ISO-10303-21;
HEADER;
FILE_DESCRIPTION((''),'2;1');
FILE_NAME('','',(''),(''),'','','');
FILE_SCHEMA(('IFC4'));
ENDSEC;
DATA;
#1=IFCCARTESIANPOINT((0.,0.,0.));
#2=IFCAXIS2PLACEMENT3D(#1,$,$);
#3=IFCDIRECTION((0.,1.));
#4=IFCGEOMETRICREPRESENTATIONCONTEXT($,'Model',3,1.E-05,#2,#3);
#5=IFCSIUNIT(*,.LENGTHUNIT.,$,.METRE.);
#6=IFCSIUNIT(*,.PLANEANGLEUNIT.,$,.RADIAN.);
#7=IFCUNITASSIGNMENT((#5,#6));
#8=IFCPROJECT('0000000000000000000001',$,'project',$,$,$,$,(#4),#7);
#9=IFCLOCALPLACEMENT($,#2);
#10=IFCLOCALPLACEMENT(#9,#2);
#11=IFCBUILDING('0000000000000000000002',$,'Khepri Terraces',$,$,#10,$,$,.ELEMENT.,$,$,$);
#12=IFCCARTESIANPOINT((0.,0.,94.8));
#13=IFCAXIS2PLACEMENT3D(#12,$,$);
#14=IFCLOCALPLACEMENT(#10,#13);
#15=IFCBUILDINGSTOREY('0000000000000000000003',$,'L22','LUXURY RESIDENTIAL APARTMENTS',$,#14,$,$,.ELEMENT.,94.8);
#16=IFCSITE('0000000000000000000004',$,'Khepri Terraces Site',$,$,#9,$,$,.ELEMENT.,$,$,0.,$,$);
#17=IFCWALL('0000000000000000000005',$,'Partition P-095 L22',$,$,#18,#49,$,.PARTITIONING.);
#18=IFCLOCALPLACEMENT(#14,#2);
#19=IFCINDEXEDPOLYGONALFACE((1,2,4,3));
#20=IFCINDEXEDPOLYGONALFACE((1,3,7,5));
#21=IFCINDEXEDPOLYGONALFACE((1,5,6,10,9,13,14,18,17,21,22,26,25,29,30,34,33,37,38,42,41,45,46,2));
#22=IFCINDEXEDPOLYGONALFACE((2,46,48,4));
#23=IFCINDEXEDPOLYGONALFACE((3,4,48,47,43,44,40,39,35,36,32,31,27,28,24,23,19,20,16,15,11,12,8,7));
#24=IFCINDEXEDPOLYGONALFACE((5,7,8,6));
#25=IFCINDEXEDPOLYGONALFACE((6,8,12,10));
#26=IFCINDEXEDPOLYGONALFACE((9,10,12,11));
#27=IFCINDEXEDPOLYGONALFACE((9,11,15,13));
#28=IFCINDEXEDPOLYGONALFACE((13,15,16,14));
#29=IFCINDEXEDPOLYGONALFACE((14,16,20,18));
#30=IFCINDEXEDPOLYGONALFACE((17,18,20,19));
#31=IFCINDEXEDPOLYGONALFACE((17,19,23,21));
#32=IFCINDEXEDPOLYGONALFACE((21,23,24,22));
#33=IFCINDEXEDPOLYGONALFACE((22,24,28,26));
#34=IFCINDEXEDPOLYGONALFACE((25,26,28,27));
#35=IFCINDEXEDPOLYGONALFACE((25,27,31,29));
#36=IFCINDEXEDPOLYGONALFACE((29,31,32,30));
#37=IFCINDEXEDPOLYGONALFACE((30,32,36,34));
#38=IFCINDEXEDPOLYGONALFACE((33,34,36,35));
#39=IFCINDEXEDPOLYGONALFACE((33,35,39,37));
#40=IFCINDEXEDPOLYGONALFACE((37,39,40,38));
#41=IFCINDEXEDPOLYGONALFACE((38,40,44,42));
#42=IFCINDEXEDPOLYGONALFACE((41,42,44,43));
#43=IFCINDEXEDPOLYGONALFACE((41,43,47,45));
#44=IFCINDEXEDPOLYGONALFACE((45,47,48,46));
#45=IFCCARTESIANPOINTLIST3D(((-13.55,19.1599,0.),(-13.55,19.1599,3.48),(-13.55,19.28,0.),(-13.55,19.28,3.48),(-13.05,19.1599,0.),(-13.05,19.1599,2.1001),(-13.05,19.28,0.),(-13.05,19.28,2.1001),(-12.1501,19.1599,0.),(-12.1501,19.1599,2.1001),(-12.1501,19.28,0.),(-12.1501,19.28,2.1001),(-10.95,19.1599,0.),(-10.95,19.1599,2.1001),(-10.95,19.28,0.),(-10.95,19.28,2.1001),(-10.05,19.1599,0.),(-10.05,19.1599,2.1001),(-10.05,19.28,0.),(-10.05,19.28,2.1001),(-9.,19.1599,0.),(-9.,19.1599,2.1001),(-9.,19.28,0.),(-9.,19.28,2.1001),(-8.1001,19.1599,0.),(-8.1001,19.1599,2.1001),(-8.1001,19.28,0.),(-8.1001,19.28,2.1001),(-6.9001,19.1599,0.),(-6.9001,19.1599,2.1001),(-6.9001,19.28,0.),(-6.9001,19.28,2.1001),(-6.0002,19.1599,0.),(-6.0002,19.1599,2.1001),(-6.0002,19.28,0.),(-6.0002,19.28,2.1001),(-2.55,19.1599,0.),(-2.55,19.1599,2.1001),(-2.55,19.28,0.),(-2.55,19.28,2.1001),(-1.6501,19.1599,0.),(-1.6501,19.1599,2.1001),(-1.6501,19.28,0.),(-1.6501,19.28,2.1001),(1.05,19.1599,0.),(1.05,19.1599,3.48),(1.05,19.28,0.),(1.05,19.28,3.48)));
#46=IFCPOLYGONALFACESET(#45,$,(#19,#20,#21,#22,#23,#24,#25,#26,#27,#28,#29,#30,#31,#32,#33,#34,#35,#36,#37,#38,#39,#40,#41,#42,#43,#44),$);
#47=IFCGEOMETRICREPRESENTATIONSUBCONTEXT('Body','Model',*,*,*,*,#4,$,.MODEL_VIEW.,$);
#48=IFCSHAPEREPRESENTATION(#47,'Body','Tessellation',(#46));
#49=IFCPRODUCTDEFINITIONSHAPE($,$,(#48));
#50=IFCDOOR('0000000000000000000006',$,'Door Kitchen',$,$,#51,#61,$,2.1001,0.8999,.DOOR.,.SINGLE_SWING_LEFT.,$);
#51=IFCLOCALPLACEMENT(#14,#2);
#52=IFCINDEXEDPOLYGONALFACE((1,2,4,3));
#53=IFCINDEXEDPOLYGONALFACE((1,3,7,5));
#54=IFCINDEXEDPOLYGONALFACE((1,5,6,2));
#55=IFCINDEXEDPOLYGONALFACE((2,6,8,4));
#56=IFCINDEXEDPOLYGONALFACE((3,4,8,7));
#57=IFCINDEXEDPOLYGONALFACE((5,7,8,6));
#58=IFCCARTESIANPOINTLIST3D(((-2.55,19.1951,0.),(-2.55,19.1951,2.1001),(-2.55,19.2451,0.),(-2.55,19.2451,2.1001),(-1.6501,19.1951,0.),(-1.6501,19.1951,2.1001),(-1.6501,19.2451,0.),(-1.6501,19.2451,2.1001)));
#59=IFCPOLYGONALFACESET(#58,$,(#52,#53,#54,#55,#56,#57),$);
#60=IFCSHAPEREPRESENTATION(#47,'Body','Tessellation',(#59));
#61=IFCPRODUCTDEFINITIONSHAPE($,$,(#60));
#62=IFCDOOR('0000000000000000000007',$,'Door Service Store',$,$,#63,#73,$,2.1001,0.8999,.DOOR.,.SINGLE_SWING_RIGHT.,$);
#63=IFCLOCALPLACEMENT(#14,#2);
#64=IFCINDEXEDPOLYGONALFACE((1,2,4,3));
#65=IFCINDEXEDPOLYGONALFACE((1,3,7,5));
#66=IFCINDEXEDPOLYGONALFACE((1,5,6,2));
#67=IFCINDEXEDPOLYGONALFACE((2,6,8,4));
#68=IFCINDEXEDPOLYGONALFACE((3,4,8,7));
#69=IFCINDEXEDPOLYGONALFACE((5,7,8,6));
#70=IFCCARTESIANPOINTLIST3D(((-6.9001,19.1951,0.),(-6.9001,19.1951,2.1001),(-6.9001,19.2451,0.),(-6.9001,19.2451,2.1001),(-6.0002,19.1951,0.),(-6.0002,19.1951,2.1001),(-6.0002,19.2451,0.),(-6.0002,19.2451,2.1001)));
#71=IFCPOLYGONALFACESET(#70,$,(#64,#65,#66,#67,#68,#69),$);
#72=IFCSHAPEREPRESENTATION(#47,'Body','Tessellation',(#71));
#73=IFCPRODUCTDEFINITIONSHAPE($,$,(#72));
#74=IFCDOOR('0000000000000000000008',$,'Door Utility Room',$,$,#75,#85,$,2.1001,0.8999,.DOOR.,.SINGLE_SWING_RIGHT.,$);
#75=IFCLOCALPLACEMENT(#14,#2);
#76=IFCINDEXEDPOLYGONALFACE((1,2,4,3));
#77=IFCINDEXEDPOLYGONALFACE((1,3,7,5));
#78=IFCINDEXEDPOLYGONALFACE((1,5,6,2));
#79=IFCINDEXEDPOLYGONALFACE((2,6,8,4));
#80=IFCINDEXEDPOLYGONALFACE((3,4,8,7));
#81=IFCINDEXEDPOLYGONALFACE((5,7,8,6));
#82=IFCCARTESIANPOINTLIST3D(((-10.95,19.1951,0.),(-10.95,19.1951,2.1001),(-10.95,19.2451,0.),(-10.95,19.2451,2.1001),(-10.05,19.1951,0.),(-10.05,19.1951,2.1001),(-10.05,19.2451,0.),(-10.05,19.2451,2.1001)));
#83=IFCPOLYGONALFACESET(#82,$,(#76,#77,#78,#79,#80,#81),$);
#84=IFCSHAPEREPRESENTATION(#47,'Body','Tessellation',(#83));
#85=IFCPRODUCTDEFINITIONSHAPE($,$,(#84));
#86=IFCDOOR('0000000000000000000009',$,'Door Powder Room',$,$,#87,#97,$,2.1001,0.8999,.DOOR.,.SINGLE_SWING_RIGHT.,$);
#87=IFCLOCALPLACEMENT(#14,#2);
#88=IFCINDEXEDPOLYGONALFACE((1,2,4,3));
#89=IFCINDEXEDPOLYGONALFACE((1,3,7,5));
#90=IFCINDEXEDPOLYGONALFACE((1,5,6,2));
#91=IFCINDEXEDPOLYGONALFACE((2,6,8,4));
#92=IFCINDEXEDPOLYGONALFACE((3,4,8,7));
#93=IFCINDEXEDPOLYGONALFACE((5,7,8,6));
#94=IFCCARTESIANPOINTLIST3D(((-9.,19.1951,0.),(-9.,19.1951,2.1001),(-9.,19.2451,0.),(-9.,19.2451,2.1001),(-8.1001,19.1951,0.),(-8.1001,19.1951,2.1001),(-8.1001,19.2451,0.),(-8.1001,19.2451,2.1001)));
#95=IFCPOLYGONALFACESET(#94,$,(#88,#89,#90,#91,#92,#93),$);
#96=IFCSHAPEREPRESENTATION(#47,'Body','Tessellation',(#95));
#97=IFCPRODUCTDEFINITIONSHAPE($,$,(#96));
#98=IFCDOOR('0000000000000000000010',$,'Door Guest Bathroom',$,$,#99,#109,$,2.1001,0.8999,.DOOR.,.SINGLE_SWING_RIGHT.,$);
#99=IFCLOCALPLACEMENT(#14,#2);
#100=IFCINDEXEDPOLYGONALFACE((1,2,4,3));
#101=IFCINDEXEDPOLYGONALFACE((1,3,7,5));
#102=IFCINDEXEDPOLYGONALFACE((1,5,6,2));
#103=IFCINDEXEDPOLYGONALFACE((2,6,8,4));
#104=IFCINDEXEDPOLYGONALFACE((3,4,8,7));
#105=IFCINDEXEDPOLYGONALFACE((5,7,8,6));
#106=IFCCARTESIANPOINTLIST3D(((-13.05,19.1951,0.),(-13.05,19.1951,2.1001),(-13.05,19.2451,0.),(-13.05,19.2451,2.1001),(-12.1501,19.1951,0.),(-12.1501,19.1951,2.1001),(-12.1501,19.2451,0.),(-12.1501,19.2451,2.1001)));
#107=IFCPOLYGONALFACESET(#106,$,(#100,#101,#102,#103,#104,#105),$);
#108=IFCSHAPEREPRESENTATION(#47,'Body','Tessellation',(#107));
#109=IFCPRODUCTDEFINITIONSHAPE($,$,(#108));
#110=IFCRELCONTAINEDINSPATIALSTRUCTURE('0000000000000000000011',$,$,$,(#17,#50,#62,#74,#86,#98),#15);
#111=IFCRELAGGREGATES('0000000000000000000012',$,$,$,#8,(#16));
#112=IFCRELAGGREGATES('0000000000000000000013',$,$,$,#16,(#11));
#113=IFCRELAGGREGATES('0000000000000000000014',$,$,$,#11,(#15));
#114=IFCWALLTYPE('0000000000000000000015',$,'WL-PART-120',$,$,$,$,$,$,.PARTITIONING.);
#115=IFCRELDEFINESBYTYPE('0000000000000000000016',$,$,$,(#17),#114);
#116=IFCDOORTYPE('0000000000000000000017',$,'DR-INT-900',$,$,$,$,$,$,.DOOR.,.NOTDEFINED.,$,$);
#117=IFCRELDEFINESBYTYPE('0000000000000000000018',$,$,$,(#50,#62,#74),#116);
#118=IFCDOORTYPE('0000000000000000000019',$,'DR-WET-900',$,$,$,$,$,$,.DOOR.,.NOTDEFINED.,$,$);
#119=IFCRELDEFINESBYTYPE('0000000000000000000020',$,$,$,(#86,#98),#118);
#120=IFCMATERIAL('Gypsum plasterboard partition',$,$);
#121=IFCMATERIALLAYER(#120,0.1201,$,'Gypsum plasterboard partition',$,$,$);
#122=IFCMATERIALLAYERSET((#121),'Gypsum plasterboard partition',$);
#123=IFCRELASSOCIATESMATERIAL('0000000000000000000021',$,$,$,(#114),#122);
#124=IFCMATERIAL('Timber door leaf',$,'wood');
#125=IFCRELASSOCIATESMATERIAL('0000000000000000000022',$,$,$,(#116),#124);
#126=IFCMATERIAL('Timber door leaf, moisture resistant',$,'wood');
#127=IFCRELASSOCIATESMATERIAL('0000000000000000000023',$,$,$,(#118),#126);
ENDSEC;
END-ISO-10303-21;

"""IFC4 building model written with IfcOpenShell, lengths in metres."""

from ifc_helpers import new_model, si_unit, direction, frame, frame_2d, origin, place, context, subcontext, project, spatial, rectangle, extrude, material, layer, layer_set, type_object, element, fill, save


model = new_model("IFC4")

# Units and contexts
model_context = context("Model", 3, precision=1e-05, world=origin(), true_north=direction((0.0, 1.0)))
body_context = subcontext(model_context, "Body", "Model", "MODEL_VIEW")
ifc_project = project(units=[si_unit("LENGTHUNIT", "METRE"), si_unit("PLANEANGLEUNIT", "RADIAN")], contexts=[model_context])

# Site, building, storey
site_placement = place(None, origin())
site = spatial("IfcSite", under=ifc_project, at=site_placement, Name="Khepri Terraces Site", CompositionType="ELEMENT", RefElevation=0.0)
building_placement = place(site_placement, origin())
building = spatial("IfcBuilding", under=site, at=building_placement, Name="Khepri Terraces", CompositionType="ELEMENT")
storey_placement = place(building_placement, frame((0.0, 0.0, 94.8)))
storey = spatial("IfcBuildingStorey", under=building, at=storey_placement, Name="L22", Description="LUXURY RESIDENTIAL APARTMENTS", CompositionType="ELEMENT", Elevation=94.8)

# Shared definitions
ifc_material_1 = material(Name="Gypsum plasterboard partition")
ifc_layer_1 = layer(ifc_material_1, 0.1201, Name="Gypsum plasterboard partition")
ifc_layer_set_1 = layer_set([ifc_layer_1], Name="Gypsum plasterboard partition")
wall_type_1 = type_object("IfcWallType", Name="WL-PART-120", PredefinedType="PARTITIONING", material=ifc_layer_set_1)

# Shared definitions
ifc_material_2 = material(Name="Timber door leaf", Category="wood")
door_type_1 = type_object("IfcDoorType", Name="DR-INT-900", OperationType="NOTDEFINED", PredefinedType="DOOR", material=ifc_material_2)

# Wall, openings, doors
wall_1_placement = place(storey_placement, frame((-13.55, 19.22, 0.0), z_axis=(0.0, 0.0, 1.0), x_axis=(1.0, 0.0, 0.0)))
wall_1 = element("IfcWall", 1, at=wall_1_placement, inside=storey, type_object=wall_type_1, Name="Partition P-095 L22", PredefinedType="PARTITIONING", context=body_context, shape_type="SweptSolid", body=[
    extrude(rectangle(XDim=14.6001, YDim=0.1201, at=frame_2d((7.3, 0.0))), origin(), (0.0, 0.0, 1.0), 3.48),
])
opening_1_placement = place(wall_1_placement, frame((11.0, 0.0, 0.0)))
opening_1 = element("IfcOpeningElement", 2, at=opening_1_placement, cuts=wall_1, PredefinedType="OPENING", context=body_context, shape_type="SweptSolid", body=[
    extrude(rectangle(XDim=0.8999, YDim=2.1001, at=frame_2d((0.45, 1.05))), frame((0.0, 0.0701, 0.0), z_axis=(0.0, -1.0, 0.0), x_axis=(1.0, 0.0, 0.0)), (0.0, 0.0, 1.0), 0.1401),
])
opening_2_placement = place(wall_1_placement, frame((6.6499, 0.0, 0.0)))
opening_2 = element("IfcOpeningElement", 3, at=opening_2_placement, cuts=wall_1, PredefinedType="OPENING", context=body_context, shape_type="SweptSolid", body=[
    extrude(rectangle(XDim=0.8999, YDim=2.1001, at=frame_2d((0.45, 1.05))), frame((0.0, 0.0701, 0.0), z_axis=(0.0, -1.0, 0.0), x_axis=(1.0, 0.0, 0.0)), (0.0, 0.0, 1.0), 0.1401),
])
opening_3_placement = place(wall_1_placement, frame((4.55, 0.0, 0.0)))
opening_3 = element("IfcOpeningElement", 4, at=opening_3_placement, cuts=wall_1, PredefinedType="OPENING", context=body_context, shape_type="SweptSolid", body=[
    extrude(rectangle(XDim=0.8999, YDim=2.1001, at=frame_2d((0.45, 1.05))), frame((0.0, 0.0701, 0.0), z_axis=(0.0, -1.0, 0.0), x_axis=(1.0, 0.0, 0.0)), (0.0, 0.0, 1.0), 0.1401),
])
opening_4_placement = place(wall_1_placement, frame((2.6001, 0.0, 0.0)))
opening_4 = element("IfcOpeningElement", 5, at=opening_4_placement, cuts=wall_1, PredefinedType="OPENING", context=body_context, shape_type="SweptSolid", body=[
    extrude(rectangle(XDim=0.8999, YDim=2.1001, at=frame_2d((0.45, 1.05))), frame((0.0, 0.0701, 0.0), z_axis=(0.0, -1.0, 0.0), x_axis=(1.0, 0.0, 0.0)), (0.0, 0.0, 1.0), 0.1401),
])
opening_5_placement = place(wall_1_placement, frame((0.5, 0.0, 0.0)))
opening_5 = element("IfcOpeningElement", 6, at=opening_5_placement, cuts=wall_1, PredefinedType="OPENING", context=body_context, shape_type="SweptSolid", body=[
    extrude(rectangle(XDim=0.8999, YDim=2.1001, at=frame_2d((0.45, 1.05))), frame((0.0, 0.0701, 0.0), z_axis=(0.0, -1.0, 0.0), x_axis=(1.0, 0.0, 0.0)), (0.0, 0.0, 1.0), 0.1401),
])
door_1_placement = place(opening_1_placement, frame((0.8999, 0.0, 0.0), z_axis=(0.0, 0.0, 1.0), x_axis=(-1.0, 0.0, 0.0)))
door_1 = element("IfcDoor", 7, at=door_1_placement, inside=storey, type_object=door_type_1, Name="Door Kitchen", OperationType="SINGLE_SWING_LEFT", OverallHeight=2.1001, OverallWidth=0.8999, PredefinedType="DOOR", context=body_context, shape_type="SweptSolid", body=[
    extrude(rectangle(XDim=0.8999, YDim=2.1001, at=frame_2d((0.45, 1.05))), frame((0.0, 0.0249, 0.0), z_axis=(0.0, -1.0, 0.0), x_axis=(1.0, 0.0, 0.0)), (0.0, 0.0, 1.0), 0.05),
])
fill(opening_1, door_1)
door_2_placement = place(opening_2_placement, frame((0.8999, 0.0, 0.0), z_axis=(0.0, 0.0, 1.0), x_axis=(-1.0, 0.0, 0.0)))
door_2 = element("IfcDoor", 8, at=door_2_placement, inside=storey, type_object=door_type_1, Name="Door Service Store", OperationType="SINGLE_SWING_RIGHT", OverallHeight=2.1001, OverallWidth=0.8999, PredefinedType="DOOR", context=body_context, shape_type="SweptSolid", body=[
    extrude(rectangle(XDim=0.8999, YDim=2.1001, at=frame_2d((0.45, 1.05))), frame((0.0, 0.0249, 0.0), z_axis=(0.0, -1.0, 0.0), x_axis=(1.0, 0.0, 0.0)), (0.0, 0.0, 1.0), 0.05),
])
fill(opening_2, door_2)
door_3_placement = place(opening_4_placement, frame((0.8999, 0.0, 0.0), z_axis=(0.0, 0.0, 1.0), x_axis=(-1.0, 0.0, 0.0)))
door_3 = element("IfcDoor", 9, at=door_3_placement, inside=storey, type_object=door_type_1, Name="Door Utility Room", OperationType="SINGLE_SWING_RIGHT", OverallHeight=2.1001, OverallWidth=0.8999, PredefinedType="DOOR", context=body_context, shape_type="SweptSolid", body=[
    extrude(rectangle(XDim=0.8999, YDim=2.1001, at=frame_2d((0.45, 1.05))), frame((0.0, 0.0249, 0.0), z_axis=(0.0, -1.0, 0.0), x_axis=(1.0, 0.0, 0.0)), (0.0, 0.0, 1.0), 0.05),
])
fill(opening_4, door_3)
ifc_material_3 = material(Name="Timber door leaf, moisture resistant", Category="wood")
door_type_2 = type_object("IfcDoorType", Name="DR-WET-900", OperationType="NOTDEFINED", PredefinedType="DOOR", material=ifc_material_3)
door_4_placement = place(opening_3_placement, frame((0.8999, 0.0, 0.0), z_axis=(0.0, 0.0, 1.0), x_axis=(-1.0, 0.0, 0.0)))
door_4 = element("IfcDoor", 10, at=door_4_placement, inside=storey, type_object=door_type_2, Name="Door Powder Room", OperationType="SINGLE_SWING_RIGHT", OverallHeight=2.1001, OverallWidth=0.8999, PredefinedType="DOOR", context=body_context, shape_type="SweptSolid", body=[
    extrude(rectangle(XDim=0.8999, YDim=2.1001, at=frame_2d((0.45, 1.05))), frame((0.0, 0.0249, 0.0), z_axis=(0.0, -1.0, 0.0), x_axis=(1.0, 0.0, 0.0)), (0.0, 0.0, 1.0), 0.05),
])
fill(opening_3, door_4)
door_5_placement = place(opening_5_placement, frame((0.8999, 0.0, 0.0), z_axis=(0.0, 0.0, 1.0), x_axis=(-1.0, 0.0, 0.0)))
door_5 = element("IfcDoor", 11, at=door_5_placement, inside=storey, type_object=door_type_2, Name="Door Guest Bathroom", OperationType="SINGLE_SWING_RIGHT", OverallHeight=2.1001, OverallWidth=0.8999, PredefinedType="DOOR", context=body_context, shape_type="SweptSolid", body=[
    extrude(rectangle(XDim=0.8999, YDim=2.1001, at=frame_2d((0.45, 1.05))), frame((0.0, 0.0249, 0.0), z_axis=(0.0, -1.0, 0.0), x_axis=(1.0, 0.0, 0.0)), (0.0, 0.0, 1.0), 0.05),
])
fill(opening_5, door_5)

save(model, "model.ifc")
